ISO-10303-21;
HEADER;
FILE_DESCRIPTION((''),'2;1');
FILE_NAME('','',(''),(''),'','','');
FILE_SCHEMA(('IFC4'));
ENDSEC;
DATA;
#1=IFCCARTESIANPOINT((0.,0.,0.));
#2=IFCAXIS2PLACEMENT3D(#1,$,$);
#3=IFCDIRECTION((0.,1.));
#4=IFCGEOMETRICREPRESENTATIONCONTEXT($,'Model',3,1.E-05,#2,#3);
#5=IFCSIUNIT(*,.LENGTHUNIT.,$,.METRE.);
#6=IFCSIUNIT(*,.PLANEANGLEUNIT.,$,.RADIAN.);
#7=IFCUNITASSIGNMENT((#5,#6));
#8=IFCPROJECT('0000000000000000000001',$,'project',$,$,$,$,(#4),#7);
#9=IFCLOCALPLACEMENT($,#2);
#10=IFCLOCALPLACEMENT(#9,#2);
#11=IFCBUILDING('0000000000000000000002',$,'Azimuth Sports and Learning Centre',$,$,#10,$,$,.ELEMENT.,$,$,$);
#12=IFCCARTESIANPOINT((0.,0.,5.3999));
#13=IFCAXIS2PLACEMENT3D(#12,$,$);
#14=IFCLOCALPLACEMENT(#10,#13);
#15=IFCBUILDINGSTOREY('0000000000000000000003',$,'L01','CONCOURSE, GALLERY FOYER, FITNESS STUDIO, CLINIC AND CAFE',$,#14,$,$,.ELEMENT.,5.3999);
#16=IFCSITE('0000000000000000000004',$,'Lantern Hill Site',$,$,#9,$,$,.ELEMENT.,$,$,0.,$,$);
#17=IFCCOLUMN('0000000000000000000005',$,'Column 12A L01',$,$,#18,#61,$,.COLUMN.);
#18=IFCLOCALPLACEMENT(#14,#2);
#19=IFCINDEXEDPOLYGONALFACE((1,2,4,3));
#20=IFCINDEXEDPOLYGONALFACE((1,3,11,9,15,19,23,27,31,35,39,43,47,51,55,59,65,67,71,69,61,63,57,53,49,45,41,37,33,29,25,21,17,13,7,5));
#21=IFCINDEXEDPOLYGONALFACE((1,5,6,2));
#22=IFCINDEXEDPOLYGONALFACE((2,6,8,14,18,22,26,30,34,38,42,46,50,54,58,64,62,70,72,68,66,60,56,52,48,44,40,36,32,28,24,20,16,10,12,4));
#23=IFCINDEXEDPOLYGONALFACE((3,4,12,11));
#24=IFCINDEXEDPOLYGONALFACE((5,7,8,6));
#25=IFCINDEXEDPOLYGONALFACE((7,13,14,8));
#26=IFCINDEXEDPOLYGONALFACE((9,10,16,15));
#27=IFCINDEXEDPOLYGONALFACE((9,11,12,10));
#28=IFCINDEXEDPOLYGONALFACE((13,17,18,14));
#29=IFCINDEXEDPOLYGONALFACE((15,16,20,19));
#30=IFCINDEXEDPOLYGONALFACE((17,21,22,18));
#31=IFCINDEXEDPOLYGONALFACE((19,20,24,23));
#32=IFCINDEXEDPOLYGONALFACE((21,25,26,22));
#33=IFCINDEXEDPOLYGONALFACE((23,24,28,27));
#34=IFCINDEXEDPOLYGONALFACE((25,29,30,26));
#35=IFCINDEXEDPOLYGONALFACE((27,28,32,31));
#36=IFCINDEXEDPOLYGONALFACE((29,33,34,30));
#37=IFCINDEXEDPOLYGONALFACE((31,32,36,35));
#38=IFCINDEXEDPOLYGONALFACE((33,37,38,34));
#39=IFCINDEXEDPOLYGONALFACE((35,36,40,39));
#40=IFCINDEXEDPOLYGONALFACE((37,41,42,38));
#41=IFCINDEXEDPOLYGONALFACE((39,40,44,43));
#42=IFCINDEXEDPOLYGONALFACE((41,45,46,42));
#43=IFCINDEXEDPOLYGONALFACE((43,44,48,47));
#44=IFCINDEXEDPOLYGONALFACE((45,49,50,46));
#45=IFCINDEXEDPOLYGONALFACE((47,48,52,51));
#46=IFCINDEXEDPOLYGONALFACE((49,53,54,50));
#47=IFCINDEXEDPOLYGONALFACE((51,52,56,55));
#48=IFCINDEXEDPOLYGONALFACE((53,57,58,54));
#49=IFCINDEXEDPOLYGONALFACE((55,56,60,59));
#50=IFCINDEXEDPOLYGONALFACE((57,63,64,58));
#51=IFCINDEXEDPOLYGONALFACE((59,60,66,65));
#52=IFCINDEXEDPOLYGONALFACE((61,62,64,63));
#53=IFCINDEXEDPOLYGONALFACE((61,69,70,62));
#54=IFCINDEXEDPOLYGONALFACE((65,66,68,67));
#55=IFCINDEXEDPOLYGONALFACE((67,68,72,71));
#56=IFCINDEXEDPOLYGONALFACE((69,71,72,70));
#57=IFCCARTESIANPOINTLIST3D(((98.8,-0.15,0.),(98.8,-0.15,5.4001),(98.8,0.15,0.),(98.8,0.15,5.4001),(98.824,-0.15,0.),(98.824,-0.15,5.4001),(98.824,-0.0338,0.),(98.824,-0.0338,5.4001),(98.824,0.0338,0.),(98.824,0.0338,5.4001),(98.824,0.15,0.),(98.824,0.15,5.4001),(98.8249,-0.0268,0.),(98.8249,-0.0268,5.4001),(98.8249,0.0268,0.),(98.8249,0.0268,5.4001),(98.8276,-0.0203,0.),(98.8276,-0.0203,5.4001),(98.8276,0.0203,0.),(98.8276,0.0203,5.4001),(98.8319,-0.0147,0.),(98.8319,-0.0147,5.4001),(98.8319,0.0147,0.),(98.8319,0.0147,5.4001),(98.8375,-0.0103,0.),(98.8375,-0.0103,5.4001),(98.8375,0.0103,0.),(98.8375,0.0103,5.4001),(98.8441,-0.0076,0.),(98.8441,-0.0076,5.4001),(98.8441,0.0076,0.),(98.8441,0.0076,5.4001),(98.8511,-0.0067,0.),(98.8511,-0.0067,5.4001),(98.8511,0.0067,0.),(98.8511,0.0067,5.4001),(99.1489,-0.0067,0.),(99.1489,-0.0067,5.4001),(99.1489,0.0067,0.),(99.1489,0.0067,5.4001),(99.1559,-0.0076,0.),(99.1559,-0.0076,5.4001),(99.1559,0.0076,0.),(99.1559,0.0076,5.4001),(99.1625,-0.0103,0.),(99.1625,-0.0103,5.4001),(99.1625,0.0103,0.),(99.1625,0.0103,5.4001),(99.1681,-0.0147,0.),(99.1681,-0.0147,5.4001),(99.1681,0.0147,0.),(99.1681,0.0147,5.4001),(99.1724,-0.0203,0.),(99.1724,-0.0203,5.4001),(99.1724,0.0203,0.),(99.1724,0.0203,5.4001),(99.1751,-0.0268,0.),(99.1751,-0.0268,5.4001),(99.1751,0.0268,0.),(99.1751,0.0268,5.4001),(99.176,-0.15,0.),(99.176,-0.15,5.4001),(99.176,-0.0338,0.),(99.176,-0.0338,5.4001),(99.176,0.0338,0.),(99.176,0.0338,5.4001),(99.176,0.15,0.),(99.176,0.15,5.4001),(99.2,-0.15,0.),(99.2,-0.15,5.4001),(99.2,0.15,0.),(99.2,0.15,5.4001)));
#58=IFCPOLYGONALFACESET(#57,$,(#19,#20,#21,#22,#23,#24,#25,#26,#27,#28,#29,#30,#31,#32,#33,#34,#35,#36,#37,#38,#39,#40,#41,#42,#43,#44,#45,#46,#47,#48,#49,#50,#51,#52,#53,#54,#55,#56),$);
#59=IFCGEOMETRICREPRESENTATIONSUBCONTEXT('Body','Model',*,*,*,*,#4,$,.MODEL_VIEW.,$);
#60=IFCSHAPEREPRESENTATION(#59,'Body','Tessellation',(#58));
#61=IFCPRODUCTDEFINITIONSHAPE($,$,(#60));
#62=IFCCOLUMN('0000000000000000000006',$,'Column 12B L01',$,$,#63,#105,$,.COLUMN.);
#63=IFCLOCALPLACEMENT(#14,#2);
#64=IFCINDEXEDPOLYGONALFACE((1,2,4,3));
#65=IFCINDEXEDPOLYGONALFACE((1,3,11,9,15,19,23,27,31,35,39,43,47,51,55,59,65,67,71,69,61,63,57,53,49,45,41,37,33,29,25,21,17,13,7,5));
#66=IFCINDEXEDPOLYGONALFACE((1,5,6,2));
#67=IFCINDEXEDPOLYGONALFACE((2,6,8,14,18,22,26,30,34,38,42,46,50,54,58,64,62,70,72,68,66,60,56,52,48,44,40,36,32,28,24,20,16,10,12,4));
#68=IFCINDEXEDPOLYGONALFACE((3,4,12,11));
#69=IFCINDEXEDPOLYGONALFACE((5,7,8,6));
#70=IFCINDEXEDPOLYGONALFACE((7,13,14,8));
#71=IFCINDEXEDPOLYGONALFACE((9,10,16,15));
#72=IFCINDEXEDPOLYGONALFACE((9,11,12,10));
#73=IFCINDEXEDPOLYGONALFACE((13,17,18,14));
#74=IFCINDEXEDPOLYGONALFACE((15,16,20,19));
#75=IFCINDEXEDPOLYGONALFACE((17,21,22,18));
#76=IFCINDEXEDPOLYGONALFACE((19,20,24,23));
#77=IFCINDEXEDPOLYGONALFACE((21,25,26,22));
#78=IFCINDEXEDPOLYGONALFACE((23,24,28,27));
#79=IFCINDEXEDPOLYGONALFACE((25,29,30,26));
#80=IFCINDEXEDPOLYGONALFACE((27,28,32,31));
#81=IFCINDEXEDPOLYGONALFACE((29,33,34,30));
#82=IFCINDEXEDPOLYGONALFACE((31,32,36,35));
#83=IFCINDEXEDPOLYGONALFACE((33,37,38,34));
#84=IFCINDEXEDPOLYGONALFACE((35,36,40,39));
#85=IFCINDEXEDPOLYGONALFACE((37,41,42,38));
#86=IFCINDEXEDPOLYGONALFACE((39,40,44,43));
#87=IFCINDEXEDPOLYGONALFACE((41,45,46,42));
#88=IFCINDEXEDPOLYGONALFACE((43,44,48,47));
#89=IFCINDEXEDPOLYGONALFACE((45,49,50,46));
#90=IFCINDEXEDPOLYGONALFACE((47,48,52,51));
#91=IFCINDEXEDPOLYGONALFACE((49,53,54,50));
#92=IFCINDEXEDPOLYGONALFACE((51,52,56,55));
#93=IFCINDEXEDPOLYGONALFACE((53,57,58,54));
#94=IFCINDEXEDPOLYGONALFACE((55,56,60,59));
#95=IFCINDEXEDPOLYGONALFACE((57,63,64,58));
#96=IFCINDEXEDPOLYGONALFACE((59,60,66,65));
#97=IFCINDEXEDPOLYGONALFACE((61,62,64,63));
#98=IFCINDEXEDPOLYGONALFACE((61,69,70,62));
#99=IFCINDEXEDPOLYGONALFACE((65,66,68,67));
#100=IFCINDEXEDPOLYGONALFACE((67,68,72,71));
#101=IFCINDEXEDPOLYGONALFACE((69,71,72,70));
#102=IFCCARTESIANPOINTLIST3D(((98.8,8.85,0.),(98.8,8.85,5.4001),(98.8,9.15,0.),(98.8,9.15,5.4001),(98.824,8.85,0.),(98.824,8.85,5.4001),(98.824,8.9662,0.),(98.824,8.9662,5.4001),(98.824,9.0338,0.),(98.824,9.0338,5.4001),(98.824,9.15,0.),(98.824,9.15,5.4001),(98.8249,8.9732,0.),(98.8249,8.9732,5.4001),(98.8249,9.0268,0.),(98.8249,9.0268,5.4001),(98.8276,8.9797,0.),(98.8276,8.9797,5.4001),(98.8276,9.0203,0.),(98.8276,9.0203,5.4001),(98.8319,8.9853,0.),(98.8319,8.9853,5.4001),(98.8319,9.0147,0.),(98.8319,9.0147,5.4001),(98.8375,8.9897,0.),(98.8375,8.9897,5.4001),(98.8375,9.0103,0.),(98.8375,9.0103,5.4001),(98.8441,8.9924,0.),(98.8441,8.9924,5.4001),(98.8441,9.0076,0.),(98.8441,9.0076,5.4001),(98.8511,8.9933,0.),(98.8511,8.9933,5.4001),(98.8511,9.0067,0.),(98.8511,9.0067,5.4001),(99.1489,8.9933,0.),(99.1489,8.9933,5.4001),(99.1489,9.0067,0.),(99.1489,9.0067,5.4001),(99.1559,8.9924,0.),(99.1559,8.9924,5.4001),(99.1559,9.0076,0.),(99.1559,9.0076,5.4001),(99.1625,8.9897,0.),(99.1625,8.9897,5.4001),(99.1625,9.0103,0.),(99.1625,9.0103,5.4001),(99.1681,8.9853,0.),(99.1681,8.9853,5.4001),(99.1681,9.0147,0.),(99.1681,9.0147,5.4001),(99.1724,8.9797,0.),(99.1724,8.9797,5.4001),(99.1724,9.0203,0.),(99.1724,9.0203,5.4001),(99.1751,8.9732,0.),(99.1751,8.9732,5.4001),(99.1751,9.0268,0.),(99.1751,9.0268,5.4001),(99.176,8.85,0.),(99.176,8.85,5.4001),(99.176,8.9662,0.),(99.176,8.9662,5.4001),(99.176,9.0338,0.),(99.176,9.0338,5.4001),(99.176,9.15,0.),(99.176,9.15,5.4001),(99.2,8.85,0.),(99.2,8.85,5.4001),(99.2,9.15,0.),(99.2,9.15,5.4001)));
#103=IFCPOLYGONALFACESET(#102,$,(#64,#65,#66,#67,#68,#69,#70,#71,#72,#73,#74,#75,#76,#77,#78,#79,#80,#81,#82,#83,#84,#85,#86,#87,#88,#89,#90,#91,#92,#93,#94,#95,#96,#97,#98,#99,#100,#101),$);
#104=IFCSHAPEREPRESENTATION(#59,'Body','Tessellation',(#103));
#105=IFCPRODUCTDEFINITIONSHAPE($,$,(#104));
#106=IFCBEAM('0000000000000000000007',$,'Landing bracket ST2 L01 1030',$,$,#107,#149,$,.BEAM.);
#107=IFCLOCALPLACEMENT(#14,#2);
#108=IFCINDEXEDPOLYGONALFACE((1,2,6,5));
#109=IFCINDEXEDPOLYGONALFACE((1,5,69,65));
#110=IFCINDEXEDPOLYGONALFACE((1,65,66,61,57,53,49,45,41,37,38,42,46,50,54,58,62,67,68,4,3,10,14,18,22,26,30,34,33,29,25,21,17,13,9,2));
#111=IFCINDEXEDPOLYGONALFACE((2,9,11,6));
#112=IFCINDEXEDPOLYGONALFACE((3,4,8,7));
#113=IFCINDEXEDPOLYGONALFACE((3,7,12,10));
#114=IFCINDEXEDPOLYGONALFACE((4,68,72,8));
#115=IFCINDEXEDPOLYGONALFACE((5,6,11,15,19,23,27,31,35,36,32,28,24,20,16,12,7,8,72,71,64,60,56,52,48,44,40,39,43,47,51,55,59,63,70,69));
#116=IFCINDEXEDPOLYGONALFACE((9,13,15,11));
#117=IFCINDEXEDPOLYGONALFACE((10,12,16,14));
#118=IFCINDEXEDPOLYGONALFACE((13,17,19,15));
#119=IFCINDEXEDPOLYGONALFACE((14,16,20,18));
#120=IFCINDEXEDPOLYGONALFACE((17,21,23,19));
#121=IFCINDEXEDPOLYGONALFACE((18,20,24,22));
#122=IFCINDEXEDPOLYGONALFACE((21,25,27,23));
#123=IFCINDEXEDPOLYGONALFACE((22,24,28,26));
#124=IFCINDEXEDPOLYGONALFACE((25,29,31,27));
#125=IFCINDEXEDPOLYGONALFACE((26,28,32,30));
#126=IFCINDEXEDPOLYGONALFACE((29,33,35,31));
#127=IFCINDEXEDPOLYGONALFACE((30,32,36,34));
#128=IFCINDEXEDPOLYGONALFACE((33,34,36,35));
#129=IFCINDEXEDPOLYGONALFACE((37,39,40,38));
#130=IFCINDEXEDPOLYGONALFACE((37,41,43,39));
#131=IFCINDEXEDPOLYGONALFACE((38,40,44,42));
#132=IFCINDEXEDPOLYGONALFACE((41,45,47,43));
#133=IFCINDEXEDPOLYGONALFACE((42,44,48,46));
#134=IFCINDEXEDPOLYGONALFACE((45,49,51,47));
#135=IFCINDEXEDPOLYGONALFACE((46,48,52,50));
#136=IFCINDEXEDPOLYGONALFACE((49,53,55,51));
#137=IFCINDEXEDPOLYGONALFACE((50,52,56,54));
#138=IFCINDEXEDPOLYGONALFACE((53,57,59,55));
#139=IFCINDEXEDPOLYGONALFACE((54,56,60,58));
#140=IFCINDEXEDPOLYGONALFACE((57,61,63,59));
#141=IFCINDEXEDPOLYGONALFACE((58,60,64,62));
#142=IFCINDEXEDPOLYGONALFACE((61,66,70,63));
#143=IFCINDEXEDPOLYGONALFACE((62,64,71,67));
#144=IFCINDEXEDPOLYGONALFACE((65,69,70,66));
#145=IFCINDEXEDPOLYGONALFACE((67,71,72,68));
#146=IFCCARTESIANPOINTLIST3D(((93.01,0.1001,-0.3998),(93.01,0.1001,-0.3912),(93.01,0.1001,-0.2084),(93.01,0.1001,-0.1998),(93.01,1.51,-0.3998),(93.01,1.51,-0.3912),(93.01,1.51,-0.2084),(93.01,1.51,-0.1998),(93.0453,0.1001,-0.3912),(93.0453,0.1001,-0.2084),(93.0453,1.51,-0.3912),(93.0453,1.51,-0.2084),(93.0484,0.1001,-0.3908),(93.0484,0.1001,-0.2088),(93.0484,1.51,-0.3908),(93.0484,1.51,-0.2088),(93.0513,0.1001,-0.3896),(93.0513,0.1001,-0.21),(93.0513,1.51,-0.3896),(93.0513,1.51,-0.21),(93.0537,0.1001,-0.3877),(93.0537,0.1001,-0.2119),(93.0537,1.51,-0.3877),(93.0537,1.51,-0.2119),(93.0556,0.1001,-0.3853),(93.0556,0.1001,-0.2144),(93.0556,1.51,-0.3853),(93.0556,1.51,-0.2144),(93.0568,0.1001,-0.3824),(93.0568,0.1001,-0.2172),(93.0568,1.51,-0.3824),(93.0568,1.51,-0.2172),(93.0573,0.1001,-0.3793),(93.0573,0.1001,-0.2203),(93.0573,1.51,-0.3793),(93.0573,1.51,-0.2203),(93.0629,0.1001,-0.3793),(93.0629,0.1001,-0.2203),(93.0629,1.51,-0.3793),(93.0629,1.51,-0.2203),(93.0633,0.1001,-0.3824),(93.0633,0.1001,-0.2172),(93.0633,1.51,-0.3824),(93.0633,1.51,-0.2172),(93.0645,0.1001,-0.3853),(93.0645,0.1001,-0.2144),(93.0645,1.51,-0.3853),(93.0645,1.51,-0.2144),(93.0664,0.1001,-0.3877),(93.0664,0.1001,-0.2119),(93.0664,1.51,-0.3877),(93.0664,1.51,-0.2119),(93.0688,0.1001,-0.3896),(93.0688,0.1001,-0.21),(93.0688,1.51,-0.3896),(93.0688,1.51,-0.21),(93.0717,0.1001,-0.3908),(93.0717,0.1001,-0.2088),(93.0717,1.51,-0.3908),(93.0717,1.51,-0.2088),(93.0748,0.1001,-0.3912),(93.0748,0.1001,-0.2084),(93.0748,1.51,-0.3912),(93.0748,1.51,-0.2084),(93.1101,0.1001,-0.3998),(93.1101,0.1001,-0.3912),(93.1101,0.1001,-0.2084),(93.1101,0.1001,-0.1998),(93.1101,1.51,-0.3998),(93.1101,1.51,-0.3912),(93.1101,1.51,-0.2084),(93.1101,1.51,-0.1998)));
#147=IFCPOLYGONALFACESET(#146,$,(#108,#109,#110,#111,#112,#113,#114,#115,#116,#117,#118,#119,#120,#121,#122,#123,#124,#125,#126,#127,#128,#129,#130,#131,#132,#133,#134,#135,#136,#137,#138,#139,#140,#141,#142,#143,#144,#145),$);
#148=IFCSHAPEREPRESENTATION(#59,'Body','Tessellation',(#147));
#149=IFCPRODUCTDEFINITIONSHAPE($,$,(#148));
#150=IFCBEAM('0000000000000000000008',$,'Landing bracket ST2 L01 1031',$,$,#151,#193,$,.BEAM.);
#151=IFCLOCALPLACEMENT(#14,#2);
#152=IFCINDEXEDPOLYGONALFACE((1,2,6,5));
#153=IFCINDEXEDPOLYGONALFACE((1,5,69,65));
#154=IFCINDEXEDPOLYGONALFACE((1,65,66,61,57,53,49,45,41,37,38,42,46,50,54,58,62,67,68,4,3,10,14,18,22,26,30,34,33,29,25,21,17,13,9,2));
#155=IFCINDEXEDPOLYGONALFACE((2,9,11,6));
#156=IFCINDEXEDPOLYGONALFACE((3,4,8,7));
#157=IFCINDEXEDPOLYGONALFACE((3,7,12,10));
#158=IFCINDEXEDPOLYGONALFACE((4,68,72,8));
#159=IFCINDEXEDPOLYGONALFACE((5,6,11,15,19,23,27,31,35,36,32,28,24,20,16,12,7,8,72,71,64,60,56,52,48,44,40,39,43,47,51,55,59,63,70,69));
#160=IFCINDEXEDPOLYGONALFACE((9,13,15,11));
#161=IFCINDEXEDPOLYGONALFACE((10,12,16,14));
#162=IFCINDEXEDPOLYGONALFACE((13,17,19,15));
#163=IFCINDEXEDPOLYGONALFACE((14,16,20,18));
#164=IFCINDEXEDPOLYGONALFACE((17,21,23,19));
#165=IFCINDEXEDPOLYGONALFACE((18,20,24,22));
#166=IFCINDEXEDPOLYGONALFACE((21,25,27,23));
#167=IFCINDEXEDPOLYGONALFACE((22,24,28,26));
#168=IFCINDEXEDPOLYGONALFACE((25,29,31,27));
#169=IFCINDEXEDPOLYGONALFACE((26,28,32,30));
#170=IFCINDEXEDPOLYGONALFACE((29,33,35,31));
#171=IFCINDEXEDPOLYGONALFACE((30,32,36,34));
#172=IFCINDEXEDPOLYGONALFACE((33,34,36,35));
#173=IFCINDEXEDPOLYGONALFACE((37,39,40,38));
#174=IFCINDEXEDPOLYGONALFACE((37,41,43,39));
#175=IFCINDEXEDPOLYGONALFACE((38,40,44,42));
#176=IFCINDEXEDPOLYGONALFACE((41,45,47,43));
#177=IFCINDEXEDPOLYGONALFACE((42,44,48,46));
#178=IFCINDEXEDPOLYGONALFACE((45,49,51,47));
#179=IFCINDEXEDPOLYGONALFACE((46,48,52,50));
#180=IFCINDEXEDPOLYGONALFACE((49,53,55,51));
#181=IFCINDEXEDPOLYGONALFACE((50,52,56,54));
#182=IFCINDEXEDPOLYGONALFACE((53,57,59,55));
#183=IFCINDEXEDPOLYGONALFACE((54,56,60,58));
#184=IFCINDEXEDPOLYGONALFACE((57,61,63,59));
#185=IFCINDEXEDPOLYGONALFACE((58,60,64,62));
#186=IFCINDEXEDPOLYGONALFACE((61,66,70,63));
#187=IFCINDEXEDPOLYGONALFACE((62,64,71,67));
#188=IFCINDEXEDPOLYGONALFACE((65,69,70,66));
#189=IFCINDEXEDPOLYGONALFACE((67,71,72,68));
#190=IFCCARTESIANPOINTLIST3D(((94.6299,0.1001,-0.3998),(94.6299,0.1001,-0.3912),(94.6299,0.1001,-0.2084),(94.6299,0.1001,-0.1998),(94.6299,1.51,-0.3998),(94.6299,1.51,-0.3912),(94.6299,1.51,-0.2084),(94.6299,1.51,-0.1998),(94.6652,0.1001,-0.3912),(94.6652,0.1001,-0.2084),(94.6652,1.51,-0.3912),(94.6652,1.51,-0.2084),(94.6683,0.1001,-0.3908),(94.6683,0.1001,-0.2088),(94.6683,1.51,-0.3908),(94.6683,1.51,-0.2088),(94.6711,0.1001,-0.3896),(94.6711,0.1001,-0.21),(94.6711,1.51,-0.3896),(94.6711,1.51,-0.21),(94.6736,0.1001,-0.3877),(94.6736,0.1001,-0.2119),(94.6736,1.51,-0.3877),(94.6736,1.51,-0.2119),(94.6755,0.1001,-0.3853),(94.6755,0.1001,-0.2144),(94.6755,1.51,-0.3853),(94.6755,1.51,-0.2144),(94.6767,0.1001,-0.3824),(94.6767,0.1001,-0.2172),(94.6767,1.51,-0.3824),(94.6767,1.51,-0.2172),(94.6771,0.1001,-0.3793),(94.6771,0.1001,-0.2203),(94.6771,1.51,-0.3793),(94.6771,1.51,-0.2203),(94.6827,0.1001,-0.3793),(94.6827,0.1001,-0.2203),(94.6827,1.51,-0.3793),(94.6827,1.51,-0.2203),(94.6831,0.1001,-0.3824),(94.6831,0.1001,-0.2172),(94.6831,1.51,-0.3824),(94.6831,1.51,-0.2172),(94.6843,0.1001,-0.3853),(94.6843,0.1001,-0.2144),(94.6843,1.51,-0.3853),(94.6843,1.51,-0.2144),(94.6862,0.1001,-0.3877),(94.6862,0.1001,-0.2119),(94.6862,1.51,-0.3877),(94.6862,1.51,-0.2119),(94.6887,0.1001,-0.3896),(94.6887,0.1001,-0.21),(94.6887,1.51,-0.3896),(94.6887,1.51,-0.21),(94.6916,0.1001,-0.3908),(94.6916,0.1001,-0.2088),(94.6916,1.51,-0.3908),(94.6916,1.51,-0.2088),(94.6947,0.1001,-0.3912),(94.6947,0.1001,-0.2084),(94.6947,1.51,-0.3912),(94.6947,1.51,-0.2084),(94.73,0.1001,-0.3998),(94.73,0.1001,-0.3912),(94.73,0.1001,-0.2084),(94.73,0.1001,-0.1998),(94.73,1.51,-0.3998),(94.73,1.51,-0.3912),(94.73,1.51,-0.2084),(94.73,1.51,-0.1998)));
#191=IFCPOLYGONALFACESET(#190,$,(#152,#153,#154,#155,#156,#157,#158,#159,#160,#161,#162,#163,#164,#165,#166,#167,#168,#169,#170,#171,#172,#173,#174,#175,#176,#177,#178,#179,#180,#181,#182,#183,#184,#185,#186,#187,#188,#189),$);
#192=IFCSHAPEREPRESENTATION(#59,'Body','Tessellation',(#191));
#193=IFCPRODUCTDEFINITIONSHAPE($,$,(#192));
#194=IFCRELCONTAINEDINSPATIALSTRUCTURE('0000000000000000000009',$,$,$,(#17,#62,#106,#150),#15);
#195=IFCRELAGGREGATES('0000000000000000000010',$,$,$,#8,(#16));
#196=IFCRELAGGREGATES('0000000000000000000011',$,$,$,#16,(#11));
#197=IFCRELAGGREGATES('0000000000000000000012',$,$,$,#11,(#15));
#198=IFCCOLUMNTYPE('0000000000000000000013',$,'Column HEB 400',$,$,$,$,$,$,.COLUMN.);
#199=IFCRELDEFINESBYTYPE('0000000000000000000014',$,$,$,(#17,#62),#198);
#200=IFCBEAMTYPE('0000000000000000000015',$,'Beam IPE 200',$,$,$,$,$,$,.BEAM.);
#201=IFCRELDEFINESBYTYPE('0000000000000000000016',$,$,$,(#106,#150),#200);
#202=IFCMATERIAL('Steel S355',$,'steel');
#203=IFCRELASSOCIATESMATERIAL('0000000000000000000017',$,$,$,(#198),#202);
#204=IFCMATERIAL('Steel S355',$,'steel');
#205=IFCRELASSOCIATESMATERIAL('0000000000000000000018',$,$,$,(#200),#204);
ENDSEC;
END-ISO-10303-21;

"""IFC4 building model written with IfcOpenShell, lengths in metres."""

from ifc_helpers import new_model, si_unit, direction, frame, origin, origin_2d, place, context, subcontext, project, spatial, i_section, extrude, material, material_profile, profile_set, type_object, element, save


model = new_model("IFC4")

# Units and contexts
model_context = context("Model", 3, precision=1e-05, world=origin(), true_north=direction((0.0, 1.0)))
body_context = subcontext(model_context, "Body", "Model", "MODEL_VIEW")
ifc_project = project(units=[si_unit("LENGTHUNIT", "METRE"), si_unit("PLANEANGLEUNIT", "RADIAN")], contexts=[model_context])

# Site, building, storey
site_placement = place(None, origin())
site = spatial("IfcSite", under=ifc_project, at=site_placement, Name="Lantern Hill Site", CompositionType="ELEMENT", RefElevation=0.0)
building_placement = place(site_placement, origin())
building = spatial("IfcBuilding", under=site, at=building_placement, Name="Azimuth Sports and Learning Centre", CompositionType="ELEMENT")
storey_placement = place(building_placement, frame((0.0, 0.0, 5.3999)))
storey = spatial("IfcBuildingStorey", under=building, at=storey_placement, Name="L01", Description="CONCOURSE, GALLERY FOYER, FITNESS STUDIO, CLINIC AND CAFE", CompositionType="ELEMENT", Elevation=5.3999)

# Columns
ifc_material_1 = material(Name="Steel S355", Category="steel")
ifc_material_profile_1 = material_profile(ifc_material_1, i_section(OverallWidth=0.3, OverallDepth=0.3999, WebThickness=0.0134, FlangeThickness=0.0239, FilletRadius=0.0271, at=origin_2d()), Name="HEB 400")
ifc_profile_set_1 = profile_set([ifc_material_profile_1], Name="Steel S355")
column_type = type_object("IfcColumnType", Name="Column HEB 400", PredefinedType="COLUMN", material=ifc_profile_set_1)
for number, where, z_axis, x_axis, name in (
    (1, (99.0, 0.0, 0.0), (0.0, 0.0, 1.0), (0.0, 1.0, 0.0), "Column 12A L01"),
    (2, (99.0, 9.0, 0.0), (0.0, 0.0, 1.0), (0.0, 1.0, 0.0), "Column 12B L01"),
):
    element("IfcColumn", number, at=place(storey_placement, frame(where, z_axis=z_axis, x_axis=x_axis)), inside=storey, type_object=column_type, Name=name, PredefinedType="COLUMN", context=body_context, shape_type="SweptSolid", body=[
        extrude(i_section(OverallWidth=0.3, OverallDepth=0.3999, WebThickness=0.0134, FlangeThickness=0.0239, FilletRadius=0.0271, at=origin_2d()), origin(), (0.0, 0.0, 1.0), 5.4001),
    ])

# Beams
ifc_material_2 = material(Name="Steel S355", Category="steel")
ifc_material_profile_2 = material_profile(ifc_material_2, i_section(OverallWidth=0.1001, OverallDepth=0.2, WebThickness=0.0056, FlangeThickness=0.0085, FilletRadius=0.012, at=origin_2d()), Name="IPE 200")
ifc_profile_set_2 = profile_set([ifc_material_profile_2], Name="Steel S355")
beam_type_1 = type_object("IfcBeamType", Name="Beam IPE 200", PredefinedType="BEAM", material=ifc_profile_set_2)
for number, where, z_axis, x_axis, name in (
    (3, (93.0601, 0.1001, -0.2998), (0.0, 1.0, 0.0), (-1.0, 0.0, 0.0), "Landing bracket ST2 L01 1030"),
    (4, (94.6799, 0.1001, -0.2998), (0.0, 1.0, 0.0), (-1.0, 0.0, 0.0), "Landing bracket ST2 L01 1031"),
):
    element("IfcBeam", number, at=place(storey_placement, frame(where, z_axis=z_axis, x_axis=x_axis)), inside=storey, type_object=beam_type_1, Name=name, PredefinedType="BEAM", context=body_context, shape_type="SweptSolid", body=[
        extrude(i_section(OverallWidth=0.1001, OverallDepth=0.2, WebThickness=0.0056, FlangeThickness=0.0085, FilletRadius=0.012, at=origin_2d()), origin(), (0.0, 0.0, 1.0), 1.4099),
    ])

save(model, "model.ifc")
